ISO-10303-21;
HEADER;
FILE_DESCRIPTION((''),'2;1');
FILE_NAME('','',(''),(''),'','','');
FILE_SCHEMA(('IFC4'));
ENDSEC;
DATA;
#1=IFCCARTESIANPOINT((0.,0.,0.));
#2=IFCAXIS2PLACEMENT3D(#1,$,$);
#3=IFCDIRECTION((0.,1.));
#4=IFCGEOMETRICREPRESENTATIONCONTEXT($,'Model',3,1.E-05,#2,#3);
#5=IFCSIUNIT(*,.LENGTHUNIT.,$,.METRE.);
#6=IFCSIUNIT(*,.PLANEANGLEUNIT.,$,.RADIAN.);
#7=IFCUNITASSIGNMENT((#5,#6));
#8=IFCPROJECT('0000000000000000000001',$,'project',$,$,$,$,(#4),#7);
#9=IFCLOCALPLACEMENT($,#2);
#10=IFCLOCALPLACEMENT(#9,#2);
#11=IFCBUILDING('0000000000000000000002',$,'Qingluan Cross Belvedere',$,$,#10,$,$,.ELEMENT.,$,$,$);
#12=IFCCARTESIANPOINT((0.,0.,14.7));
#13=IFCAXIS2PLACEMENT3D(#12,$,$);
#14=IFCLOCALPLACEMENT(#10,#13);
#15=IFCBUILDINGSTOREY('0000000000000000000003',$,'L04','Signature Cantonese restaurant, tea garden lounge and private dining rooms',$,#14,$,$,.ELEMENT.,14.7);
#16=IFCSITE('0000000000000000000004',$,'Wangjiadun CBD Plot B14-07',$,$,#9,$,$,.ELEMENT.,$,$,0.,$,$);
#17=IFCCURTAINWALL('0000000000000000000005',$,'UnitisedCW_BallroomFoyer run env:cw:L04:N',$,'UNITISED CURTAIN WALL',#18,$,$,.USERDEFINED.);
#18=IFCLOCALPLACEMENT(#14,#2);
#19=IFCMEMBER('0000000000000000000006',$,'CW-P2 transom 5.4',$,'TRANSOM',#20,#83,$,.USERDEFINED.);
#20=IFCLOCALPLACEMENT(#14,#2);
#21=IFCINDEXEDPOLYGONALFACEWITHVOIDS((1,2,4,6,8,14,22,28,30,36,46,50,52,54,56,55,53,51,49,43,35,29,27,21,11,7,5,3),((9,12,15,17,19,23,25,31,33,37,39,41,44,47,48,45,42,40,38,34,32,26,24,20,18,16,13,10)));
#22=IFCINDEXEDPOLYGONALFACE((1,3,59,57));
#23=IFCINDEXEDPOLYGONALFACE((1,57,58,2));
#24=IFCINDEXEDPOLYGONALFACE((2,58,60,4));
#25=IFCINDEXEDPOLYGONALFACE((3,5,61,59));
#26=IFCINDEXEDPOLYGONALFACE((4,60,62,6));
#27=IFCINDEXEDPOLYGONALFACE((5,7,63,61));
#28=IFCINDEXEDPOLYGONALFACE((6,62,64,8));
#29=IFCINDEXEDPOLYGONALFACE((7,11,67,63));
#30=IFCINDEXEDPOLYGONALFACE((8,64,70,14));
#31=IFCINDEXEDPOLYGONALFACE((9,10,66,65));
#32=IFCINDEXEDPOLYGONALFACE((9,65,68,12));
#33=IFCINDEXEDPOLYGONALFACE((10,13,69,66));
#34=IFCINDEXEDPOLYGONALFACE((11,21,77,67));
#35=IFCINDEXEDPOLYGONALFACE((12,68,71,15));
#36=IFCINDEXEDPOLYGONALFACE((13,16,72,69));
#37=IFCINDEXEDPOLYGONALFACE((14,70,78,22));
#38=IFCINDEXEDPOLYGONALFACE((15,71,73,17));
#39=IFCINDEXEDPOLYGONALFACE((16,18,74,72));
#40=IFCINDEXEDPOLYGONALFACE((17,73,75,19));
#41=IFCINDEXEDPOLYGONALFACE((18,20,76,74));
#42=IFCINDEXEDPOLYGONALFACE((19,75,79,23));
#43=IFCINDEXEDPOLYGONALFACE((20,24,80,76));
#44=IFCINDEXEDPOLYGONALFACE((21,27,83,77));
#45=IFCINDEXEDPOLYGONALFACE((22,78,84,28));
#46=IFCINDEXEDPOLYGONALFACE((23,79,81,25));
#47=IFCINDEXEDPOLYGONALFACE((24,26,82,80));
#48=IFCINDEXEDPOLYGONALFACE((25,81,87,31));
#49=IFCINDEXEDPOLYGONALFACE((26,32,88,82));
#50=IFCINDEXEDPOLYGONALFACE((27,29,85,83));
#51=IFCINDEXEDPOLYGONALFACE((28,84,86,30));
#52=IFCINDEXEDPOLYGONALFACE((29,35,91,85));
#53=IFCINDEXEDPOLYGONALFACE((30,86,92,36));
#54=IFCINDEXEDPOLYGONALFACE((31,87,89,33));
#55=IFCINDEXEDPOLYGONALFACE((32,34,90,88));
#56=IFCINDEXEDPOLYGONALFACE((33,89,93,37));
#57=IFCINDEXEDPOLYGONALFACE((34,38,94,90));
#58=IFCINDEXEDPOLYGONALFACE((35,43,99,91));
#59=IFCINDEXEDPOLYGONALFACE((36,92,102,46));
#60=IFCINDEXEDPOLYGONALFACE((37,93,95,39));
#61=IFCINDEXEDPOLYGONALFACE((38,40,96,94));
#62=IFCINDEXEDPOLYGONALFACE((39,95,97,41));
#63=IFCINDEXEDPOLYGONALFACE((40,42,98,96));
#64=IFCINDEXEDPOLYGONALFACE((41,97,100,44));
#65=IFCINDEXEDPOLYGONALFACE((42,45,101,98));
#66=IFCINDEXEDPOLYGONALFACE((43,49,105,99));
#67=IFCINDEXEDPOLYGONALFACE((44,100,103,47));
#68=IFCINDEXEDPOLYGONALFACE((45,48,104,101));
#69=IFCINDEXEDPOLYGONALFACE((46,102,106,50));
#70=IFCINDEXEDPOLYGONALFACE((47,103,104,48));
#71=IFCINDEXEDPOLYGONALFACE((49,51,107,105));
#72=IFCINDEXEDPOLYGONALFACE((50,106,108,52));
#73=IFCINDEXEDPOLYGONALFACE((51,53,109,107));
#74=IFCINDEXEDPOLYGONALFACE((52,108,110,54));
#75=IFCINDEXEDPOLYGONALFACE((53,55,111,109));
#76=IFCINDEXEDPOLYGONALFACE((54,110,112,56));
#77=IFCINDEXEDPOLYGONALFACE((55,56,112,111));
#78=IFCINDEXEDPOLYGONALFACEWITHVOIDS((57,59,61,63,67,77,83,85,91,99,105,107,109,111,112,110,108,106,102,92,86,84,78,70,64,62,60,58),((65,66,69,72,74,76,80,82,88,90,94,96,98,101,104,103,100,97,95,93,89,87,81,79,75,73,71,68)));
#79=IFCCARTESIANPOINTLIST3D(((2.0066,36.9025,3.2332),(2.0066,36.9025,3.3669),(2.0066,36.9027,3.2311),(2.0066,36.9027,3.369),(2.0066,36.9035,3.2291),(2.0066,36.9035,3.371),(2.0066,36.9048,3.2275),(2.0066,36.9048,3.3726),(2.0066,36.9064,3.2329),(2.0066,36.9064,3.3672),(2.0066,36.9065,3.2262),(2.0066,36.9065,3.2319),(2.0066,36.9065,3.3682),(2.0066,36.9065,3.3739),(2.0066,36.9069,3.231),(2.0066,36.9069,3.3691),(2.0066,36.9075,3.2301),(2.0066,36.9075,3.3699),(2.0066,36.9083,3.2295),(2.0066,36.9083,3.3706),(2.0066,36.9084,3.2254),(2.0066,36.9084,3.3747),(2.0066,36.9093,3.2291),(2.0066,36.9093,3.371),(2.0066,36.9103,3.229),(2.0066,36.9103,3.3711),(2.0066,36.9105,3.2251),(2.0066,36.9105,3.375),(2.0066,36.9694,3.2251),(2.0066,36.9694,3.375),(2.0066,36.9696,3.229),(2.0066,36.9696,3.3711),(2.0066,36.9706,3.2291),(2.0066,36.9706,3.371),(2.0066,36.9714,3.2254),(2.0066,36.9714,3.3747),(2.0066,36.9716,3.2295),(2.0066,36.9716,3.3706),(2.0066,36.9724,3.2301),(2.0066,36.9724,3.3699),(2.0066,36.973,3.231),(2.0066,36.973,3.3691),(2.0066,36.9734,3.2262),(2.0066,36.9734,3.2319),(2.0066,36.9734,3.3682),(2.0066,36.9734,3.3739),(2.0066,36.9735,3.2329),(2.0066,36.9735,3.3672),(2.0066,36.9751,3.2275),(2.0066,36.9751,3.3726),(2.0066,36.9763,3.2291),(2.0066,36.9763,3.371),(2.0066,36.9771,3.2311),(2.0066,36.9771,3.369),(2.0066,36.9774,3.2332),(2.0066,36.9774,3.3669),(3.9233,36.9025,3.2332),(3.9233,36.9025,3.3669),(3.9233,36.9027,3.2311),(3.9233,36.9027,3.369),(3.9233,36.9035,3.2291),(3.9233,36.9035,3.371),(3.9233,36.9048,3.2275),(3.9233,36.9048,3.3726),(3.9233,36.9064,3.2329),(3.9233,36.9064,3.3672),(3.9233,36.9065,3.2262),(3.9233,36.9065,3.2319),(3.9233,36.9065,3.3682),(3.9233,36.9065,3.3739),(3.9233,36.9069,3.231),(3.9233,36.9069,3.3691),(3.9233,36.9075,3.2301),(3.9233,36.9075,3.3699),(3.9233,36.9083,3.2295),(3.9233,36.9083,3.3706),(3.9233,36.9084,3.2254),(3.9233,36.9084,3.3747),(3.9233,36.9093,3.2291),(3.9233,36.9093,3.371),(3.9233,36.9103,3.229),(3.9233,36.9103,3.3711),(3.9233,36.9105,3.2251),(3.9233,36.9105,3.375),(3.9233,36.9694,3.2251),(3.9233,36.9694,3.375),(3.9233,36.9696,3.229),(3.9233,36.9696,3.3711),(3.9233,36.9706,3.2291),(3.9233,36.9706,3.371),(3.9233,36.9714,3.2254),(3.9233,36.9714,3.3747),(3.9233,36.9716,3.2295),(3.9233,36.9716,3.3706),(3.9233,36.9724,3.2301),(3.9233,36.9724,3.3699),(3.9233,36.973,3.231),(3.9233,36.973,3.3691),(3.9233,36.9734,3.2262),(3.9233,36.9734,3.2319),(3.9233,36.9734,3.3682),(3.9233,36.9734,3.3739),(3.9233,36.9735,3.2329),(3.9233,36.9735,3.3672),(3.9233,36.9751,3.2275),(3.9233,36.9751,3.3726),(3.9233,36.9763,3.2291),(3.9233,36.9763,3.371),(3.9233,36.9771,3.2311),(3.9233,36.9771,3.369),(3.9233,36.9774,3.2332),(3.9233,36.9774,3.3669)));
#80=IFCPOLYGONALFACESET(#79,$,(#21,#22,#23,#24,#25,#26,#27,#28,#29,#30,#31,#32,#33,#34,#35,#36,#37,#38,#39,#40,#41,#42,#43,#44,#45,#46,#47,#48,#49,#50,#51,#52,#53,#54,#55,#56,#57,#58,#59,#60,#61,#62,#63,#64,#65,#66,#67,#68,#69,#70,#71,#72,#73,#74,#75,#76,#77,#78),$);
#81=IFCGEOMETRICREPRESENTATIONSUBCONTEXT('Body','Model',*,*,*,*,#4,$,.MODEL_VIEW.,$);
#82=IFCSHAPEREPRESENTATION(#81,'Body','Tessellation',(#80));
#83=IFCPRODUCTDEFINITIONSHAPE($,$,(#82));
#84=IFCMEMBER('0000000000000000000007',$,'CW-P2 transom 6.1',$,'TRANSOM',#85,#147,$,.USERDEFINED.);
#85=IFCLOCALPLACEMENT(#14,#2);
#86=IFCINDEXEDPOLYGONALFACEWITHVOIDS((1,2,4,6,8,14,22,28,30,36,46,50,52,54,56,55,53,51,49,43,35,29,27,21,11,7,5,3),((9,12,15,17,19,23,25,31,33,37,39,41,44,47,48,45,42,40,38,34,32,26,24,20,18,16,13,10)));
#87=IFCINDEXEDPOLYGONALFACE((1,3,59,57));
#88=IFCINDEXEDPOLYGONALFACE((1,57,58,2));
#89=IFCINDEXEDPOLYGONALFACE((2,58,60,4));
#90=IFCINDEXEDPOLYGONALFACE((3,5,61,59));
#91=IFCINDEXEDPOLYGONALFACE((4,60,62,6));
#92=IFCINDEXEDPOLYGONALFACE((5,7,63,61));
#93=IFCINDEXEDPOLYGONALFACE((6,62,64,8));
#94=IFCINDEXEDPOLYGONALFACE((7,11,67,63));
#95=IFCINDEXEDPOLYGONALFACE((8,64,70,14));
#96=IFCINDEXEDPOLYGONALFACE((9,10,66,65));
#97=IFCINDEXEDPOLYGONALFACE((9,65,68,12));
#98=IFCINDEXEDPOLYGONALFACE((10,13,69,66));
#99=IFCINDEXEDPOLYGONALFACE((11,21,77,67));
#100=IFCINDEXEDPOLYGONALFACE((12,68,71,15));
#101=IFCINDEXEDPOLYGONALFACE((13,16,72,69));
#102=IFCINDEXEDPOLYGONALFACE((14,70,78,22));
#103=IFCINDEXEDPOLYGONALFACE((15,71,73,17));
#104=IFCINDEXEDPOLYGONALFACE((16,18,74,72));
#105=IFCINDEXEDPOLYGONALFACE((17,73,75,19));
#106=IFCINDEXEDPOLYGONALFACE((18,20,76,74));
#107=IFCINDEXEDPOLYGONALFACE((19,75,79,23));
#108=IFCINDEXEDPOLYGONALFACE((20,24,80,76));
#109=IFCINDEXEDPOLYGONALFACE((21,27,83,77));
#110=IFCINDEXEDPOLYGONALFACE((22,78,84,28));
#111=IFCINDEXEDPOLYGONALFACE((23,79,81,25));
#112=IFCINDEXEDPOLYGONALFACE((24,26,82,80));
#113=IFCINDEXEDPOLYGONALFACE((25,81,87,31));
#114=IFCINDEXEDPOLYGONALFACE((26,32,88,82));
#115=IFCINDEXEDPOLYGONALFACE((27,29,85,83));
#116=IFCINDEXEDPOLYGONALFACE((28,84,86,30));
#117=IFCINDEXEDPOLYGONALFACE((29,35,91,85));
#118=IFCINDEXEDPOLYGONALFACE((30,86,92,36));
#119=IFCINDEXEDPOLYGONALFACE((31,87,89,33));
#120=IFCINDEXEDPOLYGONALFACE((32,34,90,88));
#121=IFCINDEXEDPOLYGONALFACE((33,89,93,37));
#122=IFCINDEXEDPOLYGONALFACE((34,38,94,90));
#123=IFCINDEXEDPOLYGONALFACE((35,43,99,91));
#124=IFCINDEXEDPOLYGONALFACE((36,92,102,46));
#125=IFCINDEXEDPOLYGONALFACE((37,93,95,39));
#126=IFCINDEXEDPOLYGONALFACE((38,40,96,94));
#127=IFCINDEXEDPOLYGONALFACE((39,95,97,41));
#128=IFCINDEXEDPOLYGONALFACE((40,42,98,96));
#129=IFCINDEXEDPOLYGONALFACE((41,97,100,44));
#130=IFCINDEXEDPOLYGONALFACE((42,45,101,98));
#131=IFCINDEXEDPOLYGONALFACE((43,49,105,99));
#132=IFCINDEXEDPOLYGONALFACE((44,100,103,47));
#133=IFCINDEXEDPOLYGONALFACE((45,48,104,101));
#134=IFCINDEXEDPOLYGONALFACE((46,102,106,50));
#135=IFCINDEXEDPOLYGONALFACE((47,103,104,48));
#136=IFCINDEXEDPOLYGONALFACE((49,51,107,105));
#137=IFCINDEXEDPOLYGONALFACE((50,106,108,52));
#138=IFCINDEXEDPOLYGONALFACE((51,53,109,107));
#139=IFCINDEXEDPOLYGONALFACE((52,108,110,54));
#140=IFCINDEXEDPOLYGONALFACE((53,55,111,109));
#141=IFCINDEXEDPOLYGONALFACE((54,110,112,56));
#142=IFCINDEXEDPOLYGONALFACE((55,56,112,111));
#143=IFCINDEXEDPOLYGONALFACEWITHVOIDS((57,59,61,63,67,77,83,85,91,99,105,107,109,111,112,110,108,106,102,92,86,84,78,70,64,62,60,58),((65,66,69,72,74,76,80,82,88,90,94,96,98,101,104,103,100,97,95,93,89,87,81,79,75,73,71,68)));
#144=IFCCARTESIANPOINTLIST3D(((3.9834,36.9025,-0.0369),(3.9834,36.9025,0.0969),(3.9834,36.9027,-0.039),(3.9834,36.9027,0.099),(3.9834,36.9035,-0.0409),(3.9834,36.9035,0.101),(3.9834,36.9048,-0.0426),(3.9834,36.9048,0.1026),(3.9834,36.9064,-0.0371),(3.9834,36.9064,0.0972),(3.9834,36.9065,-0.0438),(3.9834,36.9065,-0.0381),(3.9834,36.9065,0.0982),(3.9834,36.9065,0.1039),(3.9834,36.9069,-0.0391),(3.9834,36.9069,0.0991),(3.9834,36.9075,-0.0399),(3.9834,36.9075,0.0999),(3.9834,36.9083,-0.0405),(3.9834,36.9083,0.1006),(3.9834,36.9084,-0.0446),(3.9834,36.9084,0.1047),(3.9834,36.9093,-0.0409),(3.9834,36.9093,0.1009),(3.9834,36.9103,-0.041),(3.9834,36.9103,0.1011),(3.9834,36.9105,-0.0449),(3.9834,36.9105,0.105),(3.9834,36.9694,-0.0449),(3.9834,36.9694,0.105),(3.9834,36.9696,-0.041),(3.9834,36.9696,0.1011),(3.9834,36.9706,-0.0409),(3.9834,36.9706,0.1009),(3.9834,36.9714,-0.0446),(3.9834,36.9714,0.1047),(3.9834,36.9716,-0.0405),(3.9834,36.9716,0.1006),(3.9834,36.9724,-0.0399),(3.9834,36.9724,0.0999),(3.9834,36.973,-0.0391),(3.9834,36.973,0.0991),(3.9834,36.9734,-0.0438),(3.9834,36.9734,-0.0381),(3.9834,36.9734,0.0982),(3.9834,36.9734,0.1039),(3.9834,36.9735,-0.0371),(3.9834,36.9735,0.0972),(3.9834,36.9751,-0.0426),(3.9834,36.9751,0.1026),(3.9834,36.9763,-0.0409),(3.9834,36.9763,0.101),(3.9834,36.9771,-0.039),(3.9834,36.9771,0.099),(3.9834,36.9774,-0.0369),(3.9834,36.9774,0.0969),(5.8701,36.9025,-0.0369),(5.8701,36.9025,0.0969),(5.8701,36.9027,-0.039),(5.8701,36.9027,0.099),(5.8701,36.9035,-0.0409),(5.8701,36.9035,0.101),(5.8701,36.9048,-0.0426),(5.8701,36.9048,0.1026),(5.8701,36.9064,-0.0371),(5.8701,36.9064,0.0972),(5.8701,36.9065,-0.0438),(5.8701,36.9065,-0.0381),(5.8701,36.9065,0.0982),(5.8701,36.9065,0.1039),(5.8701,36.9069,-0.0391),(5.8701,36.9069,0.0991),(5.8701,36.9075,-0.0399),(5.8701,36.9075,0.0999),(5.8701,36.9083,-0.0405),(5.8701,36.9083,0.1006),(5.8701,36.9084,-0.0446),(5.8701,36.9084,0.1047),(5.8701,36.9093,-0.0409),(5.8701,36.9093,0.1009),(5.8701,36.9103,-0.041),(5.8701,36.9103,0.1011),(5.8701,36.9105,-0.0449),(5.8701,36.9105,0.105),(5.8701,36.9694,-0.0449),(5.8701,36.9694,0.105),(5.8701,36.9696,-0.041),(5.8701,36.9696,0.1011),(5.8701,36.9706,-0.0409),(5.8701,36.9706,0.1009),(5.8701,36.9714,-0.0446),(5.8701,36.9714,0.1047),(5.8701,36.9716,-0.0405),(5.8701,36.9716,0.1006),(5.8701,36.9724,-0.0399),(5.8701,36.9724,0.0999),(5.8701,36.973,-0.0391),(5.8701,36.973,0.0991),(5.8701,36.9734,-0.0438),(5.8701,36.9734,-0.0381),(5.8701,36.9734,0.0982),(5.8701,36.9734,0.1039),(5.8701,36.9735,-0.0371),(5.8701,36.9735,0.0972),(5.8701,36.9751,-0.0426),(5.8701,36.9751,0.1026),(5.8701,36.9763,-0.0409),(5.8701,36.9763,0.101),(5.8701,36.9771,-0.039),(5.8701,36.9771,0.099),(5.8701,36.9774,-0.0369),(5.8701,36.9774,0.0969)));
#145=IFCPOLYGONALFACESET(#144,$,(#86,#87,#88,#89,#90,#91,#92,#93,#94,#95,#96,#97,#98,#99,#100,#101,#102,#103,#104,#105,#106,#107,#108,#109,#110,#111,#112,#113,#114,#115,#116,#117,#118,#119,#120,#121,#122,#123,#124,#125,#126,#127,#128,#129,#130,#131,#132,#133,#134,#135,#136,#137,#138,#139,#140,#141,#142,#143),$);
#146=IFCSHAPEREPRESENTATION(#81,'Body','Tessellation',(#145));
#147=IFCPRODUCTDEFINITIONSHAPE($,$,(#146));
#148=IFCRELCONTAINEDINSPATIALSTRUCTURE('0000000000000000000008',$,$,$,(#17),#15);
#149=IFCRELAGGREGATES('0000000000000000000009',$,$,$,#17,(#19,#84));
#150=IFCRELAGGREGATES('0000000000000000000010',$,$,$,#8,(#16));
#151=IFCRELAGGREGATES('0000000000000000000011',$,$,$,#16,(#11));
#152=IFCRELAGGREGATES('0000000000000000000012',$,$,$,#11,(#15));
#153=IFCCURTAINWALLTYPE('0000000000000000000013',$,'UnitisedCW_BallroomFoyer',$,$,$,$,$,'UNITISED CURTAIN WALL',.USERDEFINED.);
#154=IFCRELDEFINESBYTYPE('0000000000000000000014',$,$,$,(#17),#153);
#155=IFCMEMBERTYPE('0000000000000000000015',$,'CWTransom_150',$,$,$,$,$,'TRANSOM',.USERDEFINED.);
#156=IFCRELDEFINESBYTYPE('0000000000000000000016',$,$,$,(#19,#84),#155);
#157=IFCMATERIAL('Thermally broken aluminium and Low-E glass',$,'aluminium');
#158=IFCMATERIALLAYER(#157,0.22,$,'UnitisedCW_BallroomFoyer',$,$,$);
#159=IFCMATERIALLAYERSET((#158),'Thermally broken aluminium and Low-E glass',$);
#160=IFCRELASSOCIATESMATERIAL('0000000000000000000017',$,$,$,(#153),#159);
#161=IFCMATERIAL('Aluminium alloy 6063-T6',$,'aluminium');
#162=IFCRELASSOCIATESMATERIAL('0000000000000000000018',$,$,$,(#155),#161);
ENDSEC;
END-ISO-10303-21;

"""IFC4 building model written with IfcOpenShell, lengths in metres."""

from ifc_helpers import new_model, si_unit, direction, frame, origin, origin_2d, place, context, subcontext, project, spatial, hollow_rectangle, extrude, material, layer, layer_set, material_profile, profile_set, type_object, element, aggregate, save


model = new_model("IFC4")

# Units and contexts
model_context = context("Model", 3, precision=1e-05, world=origin(), true_north=direction((0.0, 1.0)))
body_context = subcontext(model_context, "Body", "Model", "MODEL_VIEW")
ifc_project = project(units=[si_unit("LENGTHUNIT", "METRE"), si_unit("PLANEANGLEUNIT", "RADIAN")], contexts=[model_context])

# Site, building, storey
site_placement = place(None, origin())
site = spatial("IfcSite", under=ifc_project, at=site_placement, Name="Wangjiadun CBD Plot B14-07", CompositionType="ELEMENT", RefElevation=0.0)
building_placement = place(site_placement, origin())
building = spatial("IfcBuilding", under=site, at=building_placement, Name="Qingluan Cross Belvedere", CompositionType="ELEMENT")
storey_placement = place(building_placement, frame((0.0, 0.0, 14.7)))
storey = spatial("IfcBuildingStorey", under=building, at=storey_placement, Name="L04", Description="Signature Cantonese restaurant, tea garden lounge and private dining rooms", CompositionType="ELEMENT", Elevation=14.7)

# Curtain wall, members
ifc_material_1 = material(Name="Thermally broken aluminium and Low-E glass", Category="aluminium")
ifc_layer_1 = layer(ifc_material_1, 0.22, Name="UnitisedCW_BallroomFoyer")
ifc_layer_set_1 = layer_set([ifc_layer_1], Name="Thermally broken aluminium and Low-E glass")
curtain_wall_type = type_object("IfcCurtainWallType", Name="UnitisedCW_BallroomFoyer", ElementType="UNITISED CURTAIN WALL", PredefinedType="USERDEFINED", material=ifc_layer_set_1)
curtain_wall_placement = place(storey_placement, origin())
curtain_wall = element("IfcCurtainWall", 1, at=curtain_wall_placement, inside=storey, type_object=curtain_wall_type, Name="UnitisedCW_BallroomFoyer run env:cw:L04:N", ObjectType="UNITISED CURTAIN WALL", PredefinedType="USERDEFINED")
ifc_material_2 = material(Name="Aluminium alloy 6063-T6", Category="aluminium")
ifc_material_profile_1 = material_profile(ifc_material_2, hollow_rectangle(XDim=0.075, YDim=0.1499, WallThickness=0.0039, InnerFilletRadius=0.0039, OuterFilletRadius=0.0081, at=origin_2d()), Name="CWT150x75x4")
ifc_profile_set_1 = profile_set([ifc_material_profile_1], Name="Aluminium alloy 6063-T6")
member_type_1 = type_object("IfcMemberType", Name="CWTransom_150", ElementType="TRANSOM", PredefinedType="USERDEFINED", material=ifc_profile_set_1)
member_1_placement = place(storey_placement, frame((2.0066, 36.9399, 3.3), z_axis=(1.0, 0.0, 0.0), x_axis=(0.0, 1.0, 0.0)))
member_1 = element("IfcMember", 2, at=member_1_placement, type_object=member_type_1, Name="CW-P2 transom 5.4", ObjectType="TRANSOM", PredefinedType="USERDEFINED", context=body_context, shape_type="SweptSolid", body=[
    extrude(hollow_rectangle(XDim=0.075, YDim=0.1499, WallThickness=0.0039, InnerFilletRadius=0.0039, OuterFilletRadius=0.0081, at=origin_2d()), origin(), (0.0, 0.0, 1.0), 1.9167),
])
member_2_placement = place(storey_placement, frame((3.9834, 36.9399, 0.03), z_axis=(1.0, 0.0, 0.0), x_axis=(0.0, 1.0, 0.0)))
member_2 = element("IfcMember", 3, at=member_2_placement, type_object=member_type_1, Name="CW-P2 transom 6.1", ObjectType="TRANSOM", PredefinedType="USERDEFINED", context=body_context, shape_type="SweptSolid", body=[
    extrude(hollow_rectangle(XDim=0.075, YDim=0.1499, WallThickness=0.0039, InnerFilletRadius=0.0039, OuterFilletRadius=0.0081, at=origin_2d()), origin(), (0.0, 0.0, 1.0), 1.8867),
])

aggregate(curtain_wall, [member_1, member_2])

save(model, "model.ifc")
